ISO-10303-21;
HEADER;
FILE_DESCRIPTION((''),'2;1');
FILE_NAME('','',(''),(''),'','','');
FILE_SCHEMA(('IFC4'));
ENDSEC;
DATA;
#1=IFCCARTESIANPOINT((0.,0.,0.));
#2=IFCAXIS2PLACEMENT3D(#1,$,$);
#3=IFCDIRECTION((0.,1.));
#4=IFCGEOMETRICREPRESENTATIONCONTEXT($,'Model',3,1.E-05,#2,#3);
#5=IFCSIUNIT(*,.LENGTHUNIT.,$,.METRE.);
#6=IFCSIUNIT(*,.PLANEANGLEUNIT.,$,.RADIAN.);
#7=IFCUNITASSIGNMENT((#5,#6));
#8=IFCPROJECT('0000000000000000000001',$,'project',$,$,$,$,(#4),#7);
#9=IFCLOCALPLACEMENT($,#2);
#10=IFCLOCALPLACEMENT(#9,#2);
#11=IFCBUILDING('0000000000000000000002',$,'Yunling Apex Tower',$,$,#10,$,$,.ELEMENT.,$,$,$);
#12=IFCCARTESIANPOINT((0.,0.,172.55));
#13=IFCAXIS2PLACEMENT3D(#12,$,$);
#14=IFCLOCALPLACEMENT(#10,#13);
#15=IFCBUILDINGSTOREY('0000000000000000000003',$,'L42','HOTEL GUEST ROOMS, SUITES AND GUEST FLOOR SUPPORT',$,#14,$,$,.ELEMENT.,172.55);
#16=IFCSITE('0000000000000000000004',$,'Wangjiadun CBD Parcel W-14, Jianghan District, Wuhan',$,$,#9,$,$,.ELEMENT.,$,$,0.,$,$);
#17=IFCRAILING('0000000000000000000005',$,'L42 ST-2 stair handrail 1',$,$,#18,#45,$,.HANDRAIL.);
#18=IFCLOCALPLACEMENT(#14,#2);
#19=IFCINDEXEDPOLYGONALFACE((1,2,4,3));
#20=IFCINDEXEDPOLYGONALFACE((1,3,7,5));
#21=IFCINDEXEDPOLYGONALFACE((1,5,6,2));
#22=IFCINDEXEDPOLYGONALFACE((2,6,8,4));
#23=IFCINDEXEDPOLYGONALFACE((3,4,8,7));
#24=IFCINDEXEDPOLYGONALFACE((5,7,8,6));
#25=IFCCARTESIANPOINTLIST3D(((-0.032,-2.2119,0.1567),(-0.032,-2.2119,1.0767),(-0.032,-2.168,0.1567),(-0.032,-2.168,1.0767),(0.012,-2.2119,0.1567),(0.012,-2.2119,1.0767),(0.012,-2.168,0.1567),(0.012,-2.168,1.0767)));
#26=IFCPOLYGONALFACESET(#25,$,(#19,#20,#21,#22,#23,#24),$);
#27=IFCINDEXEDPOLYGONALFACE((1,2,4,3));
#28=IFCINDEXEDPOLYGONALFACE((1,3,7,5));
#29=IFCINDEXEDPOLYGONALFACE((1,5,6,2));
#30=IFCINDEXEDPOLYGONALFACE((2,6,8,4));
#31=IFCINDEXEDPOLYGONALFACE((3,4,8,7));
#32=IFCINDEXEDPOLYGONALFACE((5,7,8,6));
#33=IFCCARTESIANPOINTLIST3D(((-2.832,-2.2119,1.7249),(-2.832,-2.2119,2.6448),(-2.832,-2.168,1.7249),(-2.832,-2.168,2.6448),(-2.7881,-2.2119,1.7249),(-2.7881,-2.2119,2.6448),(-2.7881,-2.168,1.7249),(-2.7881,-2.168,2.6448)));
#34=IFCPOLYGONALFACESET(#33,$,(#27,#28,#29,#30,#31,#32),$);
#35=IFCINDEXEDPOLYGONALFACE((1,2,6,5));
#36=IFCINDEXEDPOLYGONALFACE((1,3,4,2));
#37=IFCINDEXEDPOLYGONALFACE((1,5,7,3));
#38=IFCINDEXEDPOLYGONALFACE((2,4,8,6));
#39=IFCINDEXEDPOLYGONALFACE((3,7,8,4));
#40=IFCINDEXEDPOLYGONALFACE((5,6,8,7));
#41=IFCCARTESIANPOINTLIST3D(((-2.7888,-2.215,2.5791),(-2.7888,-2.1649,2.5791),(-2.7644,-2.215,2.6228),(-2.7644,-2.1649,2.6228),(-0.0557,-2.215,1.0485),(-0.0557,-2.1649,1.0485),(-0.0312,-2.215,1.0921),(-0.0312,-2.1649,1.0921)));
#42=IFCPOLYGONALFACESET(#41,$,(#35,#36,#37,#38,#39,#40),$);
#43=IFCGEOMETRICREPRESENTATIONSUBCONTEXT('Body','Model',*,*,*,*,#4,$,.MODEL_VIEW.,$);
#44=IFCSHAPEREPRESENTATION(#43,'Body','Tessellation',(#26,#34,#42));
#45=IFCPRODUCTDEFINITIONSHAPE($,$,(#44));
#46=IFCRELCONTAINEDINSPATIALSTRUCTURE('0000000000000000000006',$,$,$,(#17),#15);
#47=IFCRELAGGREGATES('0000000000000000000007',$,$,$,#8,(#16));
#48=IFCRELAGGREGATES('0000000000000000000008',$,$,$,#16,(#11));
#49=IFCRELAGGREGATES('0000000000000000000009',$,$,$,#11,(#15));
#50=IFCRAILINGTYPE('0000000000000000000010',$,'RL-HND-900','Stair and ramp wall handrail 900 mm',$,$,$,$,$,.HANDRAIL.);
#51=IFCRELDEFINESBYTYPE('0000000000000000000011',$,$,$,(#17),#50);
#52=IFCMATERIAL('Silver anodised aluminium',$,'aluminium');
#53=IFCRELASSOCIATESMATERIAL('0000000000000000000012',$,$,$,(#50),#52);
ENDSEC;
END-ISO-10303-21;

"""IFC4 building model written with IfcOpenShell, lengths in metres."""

from ifc_helpers import new_model, si_unit, direction, frame, origin, origin_2d, place, context, subcontext, project, spatial, rectangle, extrude, material, type_object, element, save


model = new_model("IFC4")

# Units and contexts
model_context = context("Model", 3, precision=1e-05, world=origin(), true_north=direction((0.0, 1.0)))
body_context = subcontext(model_context, "Body", "Model", "MODEL_VIEW")
ifc_project = project(units=[si_unit("LENGTHUNIT", "METRE"), si_unit("PLANEANGLEUNIT", "RADIAN")], contexts=[model_context])

# Site, building, storey
site_placement = place(None, origin())
site = spatial("IfcSite", under=ifc_project, at=site_placement, Name="Wangjiadun CBD Parcel W-14, Jianghan District, Wuhan", CompositionType="ELEMENT", RefElevation=0.0)
building_placement = place(site_placement, origin())
building = spatial("IfcBuilding", under=site, at=building_placement, Name="Yunling Apex Tower", CompositionType="ELEMENT")
storey_placement = place(building_placement, frame((0.0, 0.0, 172.55)))
storey = spatial("IfcBuildingStorey", under=building, at=storey_placement, Name="L42", Description="HOTEL GUEST ROOMS, SUITES AND GUEST FLOOR SUPPORT", CompositionType="ELEMENT", Elevation=172.55)

# Railing
ifc_material_1 = material(Name="Silver anodised aluminium", Category="aluminium")
railing_type_1 = type_object("IfcRailingType", Name="RL-HND-900", Description="Stair and ramp wall handrail 900 mm", PredefinedType="HANDRAIL", material=ifc_material_1)
railing_1_placement = place(storey_placement, frame((-0.01, -2.1899, 0.1567)))
element("IfcRailing", 1, at=railing_1_placement, inside=storey, type_object=railing_type_1, Name="L42 ST-2 stair handrail 1", PredefinedType="HANDRAIL", context=body_context, shape_type="SweptSolid", body=[
    extrude(rectangle(XDim=0.0439, YDim=0.0439, at=origin_2d()), origin(), (0.0, 0.0, 1.0), 0.9199),
    extrude(rectangle(XDim=0.0439, YDim=0.0439, at=origin_2d()), frame((-2.8, 0.0, 1.5681)), (0.0, 0.0, 1.0), 0.9199),
    extrude(rectangle(XDim=0.05, YDim=0.05, at=origin_2d()), frame((-0.0334, 0.0, 0.9136), z_axis=(-0.872494, 0.0, 0.488624), x_axis=(0.0, -1.0, 0.0)), (0.0, 0.0, 1.0), 3.1326),
])

save(model, "model.ifc")
